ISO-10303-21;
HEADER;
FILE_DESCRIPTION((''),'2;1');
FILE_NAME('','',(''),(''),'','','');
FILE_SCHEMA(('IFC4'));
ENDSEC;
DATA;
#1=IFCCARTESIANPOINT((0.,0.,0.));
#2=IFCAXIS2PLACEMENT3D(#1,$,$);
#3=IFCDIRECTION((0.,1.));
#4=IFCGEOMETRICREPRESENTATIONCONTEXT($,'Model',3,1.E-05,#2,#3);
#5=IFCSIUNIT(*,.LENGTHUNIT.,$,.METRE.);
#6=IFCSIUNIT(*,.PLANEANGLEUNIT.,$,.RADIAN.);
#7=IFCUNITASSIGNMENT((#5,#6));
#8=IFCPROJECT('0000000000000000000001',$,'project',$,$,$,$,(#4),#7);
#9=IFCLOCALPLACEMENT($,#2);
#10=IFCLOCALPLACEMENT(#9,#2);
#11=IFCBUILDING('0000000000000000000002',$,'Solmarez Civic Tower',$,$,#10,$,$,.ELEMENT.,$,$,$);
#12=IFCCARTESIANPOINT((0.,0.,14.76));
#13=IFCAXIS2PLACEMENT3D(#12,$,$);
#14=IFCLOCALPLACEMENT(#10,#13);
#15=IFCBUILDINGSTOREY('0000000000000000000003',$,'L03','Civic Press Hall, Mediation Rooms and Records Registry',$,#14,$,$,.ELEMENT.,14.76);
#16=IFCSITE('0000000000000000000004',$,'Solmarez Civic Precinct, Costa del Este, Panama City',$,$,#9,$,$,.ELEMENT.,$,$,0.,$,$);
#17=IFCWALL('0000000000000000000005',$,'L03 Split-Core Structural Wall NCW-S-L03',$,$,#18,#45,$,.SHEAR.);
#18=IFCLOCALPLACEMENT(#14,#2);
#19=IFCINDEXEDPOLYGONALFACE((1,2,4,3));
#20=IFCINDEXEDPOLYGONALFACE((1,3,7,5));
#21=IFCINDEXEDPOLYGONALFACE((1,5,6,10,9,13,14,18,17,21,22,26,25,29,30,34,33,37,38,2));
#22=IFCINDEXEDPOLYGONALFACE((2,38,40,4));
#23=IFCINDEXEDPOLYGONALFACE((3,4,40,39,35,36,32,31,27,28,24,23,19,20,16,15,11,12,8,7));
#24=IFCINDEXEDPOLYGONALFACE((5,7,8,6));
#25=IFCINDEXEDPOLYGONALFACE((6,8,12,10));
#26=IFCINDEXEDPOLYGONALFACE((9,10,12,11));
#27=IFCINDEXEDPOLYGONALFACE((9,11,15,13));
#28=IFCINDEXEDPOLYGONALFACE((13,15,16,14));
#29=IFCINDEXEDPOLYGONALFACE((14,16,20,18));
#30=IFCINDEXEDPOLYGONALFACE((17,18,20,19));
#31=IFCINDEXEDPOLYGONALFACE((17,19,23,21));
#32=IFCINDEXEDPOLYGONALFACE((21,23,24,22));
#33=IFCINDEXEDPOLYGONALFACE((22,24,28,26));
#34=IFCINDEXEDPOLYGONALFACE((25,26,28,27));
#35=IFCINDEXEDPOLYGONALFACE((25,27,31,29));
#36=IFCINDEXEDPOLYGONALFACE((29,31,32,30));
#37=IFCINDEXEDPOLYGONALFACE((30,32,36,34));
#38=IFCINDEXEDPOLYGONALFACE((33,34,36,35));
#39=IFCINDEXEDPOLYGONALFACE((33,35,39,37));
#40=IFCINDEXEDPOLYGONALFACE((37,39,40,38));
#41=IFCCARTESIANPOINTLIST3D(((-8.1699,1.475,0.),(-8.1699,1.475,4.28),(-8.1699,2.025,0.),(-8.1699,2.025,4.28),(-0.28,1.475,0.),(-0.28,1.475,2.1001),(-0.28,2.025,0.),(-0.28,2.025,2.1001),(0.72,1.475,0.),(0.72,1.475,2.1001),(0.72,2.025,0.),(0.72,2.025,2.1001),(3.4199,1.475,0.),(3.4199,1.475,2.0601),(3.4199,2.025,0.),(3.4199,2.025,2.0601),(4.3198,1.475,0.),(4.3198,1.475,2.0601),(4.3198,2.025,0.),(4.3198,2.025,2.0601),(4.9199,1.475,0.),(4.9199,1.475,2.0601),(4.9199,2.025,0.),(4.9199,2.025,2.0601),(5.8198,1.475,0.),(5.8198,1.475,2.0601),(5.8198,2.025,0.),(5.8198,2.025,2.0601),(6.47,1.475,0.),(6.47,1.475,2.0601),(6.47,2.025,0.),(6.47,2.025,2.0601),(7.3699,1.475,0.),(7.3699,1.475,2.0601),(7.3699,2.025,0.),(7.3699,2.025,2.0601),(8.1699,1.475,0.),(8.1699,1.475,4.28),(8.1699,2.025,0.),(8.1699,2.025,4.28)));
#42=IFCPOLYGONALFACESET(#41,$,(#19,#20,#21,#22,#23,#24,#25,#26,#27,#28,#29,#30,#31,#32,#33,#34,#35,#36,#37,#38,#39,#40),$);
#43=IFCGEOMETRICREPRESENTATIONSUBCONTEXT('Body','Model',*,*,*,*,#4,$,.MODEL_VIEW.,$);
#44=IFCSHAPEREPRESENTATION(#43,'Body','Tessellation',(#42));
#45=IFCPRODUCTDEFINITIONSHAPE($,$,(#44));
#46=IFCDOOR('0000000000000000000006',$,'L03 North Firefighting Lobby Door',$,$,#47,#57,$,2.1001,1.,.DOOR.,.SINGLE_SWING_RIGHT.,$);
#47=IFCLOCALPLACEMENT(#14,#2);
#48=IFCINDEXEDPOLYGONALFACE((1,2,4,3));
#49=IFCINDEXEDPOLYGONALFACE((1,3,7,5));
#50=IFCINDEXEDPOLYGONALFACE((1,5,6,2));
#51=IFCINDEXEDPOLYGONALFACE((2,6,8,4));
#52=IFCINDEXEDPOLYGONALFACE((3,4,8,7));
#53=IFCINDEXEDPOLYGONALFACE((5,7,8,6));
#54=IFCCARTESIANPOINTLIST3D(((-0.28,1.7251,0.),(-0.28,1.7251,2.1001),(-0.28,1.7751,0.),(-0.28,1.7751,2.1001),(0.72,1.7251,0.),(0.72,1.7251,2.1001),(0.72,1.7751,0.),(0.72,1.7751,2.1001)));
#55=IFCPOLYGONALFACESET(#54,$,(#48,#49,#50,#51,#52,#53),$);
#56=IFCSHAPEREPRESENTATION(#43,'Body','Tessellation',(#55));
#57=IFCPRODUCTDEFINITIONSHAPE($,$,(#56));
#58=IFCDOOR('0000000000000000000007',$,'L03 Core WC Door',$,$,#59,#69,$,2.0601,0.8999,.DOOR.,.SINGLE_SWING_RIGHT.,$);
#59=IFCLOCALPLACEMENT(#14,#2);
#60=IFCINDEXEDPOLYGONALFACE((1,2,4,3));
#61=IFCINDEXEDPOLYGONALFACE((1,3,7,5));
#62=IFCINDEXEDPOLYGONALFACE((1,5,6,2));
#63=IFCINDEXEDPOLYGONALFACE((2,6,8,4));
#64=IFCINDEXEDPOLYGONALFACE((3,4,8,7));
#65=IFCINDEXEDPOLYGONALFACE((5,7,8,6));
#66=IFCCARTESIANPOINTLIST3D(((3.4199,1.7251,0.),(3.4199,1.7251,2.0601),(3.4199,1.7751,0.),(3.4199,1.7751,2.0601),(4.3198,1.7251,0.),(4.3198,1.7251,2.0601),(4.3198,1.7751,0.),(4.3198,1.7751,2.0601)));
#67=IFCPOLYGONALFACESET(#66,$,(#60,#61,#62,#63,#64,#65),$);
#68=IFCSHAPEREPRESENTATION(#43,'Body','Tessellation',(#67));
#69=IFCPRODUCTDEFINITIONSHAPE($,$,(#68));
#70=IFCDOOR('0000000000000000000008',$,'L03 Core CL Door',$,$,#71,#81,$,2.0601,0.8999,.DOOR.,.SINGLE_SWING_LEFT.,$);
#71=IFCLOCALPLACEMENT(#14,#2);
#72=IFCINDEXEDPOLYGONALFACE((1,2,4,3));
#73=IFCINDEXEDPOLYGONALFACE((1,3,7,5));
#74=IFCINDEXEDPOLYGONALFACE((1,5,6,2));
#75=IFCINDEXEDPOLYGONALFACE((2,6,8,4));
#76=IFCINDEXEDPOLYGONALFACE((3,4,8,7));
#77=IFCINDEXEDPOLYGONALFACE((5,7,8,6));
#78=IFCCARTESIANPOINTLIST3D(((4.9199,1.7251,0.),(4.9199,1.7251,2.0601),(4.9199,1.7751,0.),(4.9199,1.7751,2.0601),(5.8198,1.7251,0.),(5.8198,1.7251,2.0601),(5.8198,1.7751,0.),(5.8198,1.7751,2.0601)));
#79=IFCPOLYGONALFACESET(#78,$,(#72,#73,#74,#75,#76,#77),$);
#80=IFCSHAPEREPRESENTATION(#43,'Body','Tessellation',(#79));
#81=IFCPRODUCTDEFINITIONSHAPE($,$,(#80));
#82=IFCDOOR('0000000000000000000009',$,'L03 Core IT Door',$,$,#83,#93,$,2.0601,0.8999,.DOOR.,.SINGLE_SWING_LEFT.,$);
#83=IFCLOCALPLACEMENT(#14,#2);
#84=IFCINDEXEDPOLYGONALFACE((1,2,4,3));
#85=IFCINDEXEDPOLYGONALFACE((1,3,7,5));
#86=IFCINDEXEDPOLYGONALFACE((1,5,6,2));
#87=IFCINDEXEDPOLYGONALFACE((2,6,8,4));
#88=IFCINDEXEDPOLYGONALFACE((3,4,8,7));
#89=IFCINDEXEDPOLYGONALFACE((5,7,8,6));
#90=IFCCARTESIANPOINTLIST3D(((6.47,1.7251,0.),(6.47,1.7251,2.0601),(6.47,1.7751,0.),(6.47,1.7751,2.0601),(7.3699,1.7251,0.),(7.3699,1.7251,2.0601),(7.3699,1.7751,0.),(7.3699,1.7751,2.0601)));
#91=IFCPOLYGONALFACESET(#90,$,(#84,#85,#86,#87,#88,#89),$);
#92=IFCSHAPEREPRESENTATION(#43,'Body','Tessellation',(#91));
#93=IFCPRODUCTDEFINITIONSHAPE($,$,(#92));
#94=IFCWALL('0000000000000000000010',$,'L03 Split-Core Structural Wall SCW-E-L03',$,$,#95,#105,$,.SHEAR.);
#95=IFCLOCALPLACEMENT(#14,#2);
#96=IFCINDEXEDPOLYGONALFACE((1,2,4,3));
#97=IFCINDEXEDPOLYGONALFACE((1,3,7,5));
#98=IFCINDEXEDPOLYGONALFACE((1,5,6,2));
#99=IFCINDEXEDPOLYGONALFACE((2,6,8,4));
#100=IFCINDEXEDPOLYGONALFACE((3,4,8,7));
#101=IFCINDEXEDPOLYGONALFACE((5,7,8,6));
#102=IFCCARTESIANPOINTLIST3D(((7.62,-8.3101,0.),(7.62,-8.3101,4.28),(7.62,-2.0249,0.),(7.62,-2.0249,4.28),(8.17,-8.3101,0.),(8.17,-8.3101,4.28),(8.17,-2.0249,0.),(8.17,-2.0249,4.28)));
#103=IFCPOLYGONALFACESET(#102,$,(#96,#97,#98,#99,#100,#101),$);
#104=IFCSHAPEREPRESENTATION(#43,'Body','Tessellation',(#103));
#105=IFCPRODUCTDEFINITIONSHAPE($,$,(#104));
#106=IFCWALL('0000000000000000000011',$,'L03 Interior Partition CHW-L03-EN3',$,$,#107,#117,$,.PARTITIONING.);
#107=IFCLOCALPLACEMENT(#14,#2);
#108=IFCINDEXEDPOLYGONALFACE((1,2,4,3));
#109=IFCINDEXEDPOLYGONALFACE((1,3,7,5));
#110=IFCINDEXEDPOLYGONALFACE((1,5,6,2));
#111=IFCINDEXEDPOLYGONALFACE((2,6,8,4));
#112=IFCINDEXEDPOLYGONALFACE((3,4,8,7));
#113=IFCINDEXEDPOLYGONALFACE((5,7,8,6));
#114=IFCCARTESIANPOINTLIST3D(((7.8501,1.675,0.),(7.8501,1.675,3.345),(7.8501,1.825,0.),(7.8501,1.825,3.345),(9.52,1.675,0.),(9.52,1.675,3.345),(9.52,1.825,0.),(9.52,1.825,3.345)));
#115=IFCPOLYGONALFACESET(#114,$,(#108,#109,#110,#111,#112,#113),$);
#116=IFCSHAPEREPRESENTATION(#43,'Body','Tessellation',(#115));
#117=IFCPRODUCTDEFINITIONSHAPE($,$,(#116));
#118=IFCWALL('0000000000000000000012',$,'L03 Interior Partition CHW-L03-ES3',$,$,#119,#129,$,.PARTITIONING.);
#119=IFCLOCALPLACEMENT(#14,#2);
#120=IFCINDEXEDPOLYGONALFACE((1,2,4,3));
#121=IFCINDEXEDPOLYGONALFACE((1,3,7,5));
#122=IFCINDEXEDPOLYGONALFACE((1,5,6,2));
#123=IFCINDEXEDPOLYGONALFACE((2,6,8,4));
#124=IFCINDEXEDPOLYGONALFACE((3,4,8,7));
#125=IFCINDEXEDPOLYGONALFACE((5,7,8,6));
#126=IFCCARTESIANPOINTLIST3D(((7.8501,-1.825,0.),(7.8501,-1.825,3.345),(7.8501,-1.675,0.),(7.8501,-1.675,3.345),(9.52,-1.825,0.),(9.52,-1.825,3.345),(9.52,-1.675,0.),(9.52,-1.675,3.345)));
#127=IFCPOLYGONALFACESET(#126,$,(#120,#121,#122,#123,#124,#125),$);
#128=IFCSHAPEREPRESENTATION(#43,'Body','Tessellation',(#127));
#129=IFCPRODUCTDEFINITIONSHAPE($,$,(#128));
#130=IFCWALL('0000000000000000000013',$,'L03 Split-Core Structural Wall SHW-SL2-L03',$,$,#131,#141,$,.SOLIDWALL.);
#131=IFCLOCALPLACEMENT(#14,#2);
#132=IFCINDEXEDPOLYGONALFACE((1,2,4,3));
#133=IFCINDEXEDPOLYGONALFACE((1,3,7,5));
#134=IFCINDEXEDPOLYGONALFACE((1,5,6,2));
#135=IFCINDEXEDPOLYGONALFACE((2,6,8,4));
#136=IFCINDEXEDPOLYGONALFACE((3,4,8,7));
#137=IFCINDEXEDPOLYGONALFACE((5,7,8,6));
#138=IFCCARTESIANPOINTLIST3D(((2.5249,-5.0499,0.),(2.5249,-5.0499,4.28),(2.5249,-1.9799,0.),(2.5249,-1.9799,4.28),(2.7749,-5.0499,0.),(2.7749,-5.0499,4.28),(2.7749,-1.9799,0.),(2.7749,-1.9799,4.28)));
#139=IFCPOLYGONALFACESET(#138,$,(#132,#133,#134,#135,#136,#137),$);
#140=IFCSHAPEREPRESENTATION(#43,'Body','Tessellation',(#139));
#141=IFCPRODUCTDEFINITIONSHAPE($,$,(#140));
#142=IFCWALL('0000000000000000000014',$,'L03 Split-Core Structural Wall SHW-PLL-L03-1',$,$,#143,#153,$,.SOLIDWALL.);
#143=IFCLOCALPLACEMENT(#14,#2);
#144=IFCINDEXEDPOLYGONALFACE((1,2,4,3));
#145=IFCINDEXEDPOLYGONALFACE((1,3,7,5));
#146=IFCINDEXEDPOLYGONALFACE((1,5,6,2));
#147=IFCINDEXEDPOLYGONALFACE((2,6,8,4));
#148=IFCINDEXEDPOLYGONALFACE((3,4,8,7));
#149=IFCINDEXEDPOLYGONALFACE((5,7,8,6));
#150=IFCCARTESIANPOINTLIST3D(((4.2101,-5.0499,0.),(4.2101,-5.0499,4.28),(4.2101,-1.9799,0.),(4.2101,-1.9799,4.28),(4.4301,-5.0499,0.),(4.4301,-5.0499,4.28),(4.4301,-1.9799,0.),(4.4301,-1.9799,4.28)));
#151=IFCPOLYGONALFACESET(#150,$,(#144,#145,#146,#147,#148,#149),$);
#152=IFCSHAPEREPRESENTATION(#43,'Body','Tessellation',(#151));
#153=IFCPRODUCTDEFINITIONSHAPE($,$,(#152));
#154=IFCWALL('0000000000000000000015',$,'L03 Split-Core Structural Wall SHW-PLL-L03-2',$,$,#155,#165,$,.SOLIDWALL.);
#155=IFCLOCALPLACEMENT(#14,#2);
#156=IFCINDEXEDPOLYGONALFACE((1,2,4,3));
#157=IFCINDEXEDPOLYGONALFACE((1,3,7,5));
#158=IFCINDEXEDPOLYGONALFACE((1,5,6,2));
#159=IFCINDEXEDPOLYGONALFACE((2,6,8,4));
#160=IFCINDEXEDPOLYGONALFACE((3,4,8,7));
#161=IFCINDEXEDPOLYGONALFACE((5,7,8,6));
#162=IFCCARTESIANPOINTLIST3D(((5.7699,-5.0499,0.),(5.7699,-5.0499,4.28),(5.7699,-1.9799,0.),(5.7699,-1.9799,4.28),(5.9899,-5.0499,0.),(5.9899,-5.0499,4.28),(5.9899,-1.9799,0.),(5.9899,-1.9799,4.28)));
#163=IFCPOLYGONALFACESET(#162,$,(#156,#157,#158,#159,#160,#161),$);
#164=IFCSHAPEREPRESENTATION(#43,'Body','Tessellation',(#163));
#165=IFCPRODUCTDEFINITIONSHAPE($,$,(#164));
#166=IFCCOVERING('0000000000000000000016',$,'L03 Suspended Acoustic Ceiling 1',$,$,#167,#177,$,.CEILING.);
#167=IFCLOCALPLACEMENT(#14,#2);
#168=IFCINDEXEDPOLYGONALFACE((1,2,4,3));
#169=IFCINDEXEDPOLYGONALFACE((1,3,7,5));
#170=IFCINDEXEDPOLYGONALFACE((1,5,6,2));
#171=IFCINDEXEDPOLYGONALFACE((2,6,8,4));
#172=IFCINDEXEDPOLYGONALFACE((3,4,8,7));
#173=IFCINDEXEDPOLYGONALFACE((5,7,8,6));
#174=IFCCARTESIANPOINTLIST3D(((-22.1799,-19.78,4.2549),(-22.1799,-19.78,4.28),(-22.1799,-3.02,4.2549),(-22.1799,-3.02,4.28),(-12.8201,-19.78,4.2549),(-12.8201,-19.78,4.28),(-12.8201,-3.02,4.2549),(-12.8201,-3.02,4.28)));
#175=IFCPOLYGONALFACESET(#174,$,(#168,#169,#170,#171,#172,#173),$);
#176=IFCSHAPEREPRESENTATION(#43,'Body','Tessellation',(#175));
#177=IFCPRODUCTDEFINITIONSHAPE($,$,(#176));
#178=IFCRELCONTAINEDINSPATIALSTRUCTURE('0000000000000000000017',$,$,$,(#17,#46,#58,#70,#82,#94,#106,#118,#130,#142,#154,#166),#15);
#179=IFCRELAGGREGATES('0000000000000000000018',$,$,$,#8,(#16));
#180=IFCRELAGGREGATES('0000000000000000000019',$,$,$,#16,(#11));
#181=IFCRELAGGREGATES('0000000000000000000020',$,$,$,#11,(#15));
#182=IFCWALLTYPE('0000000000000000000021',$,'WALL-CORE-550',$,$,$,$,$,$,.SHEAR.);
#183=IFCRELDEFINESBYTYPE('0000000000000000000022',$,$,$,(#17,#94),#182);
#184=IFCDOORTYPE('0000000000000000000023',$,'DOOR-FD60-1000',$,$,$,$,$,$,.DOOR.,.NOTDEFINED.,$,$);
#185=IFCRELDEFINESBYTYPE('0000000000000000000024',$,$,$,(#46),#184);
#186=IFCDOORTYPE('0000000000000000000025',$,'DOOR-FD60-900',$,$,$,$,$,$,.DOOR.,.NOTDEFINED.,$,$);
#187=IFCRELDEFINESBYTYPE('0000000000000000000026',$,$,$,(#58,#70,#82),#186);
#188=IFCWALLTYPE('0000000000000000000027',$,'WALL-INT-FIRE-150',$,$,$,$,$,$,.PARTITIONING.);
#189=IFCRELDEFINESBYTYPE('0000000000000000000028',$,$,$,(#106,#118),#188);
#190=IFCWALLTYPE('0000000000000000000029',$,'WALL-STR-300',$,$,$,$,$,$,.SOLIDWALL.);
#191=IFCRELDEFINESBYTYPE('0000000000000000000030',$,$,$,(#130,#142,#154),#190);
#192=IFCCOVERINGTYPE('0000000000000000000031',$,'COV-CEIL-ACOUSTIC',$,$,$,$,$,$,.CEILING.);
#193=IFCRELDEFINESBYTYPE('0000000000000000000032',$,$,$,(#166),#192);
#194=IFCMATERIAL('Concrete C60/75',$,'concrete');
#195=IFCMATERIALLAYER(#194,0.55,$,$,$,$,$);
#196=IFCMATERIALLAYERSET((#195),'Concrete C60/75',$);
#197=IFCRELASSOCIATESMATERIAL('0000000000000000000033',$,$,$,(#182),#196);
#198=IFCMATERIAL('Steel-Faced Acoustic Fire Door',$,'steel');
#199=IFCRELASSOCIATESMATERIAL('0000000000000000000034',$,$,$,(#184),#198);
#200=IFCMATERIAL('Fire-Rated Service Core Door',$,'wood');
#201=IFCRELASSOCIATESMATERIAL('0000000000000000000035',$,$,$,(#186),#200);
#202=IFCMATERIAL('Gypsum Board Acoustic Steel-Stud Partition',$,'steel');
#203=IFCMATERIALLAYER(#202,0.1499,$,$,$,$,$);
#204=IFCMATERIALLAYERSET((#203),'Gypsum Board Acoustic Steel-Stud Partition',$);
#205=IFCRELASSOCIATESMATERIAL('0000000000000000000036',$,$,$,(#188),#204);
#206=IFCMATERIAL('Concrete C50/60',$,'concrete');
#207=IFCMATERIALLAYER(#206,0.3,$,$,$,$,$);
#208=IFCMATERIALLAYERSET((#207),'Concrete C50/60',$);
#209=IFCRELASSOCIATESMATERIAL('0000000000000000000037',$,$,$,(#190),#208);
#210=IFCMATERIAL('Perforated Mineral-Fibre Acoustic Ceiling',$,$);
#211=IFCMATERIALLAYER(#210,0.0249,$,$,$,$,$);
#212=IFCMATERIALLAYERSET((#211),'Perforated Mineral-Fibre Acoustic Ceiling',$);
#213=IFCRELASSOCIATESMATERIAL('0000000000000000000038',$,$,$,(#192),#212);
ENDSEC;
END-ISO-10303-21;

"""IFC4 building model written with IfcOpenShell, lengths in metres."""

from ifc_helpers import new_model, si_unit, direction, frame, frame_2d, origin, place, context, subcontext, project, spatial, polyline, rectangle, outline, extrude, material, layer, layer_set, type_object, element, fill, save


model = new_model("IFC4")

# Units and contexts
model_context = context("Model", 3, precision=1e-05, world=origin(), true_north=direction((0.0, 1.0)))
body_context = subcontext(model_context, "Body", "Model", "MODEL_VIEW")
ifc_project = project(units=[si_unit("LENGTHUNIT", "METRE"), si_unit("PLANEANGLEUNIT", "RADIAN")], contexts=[model_context])

# Site, building, storey
site_placement = place(None, origin())
site = spatial("IfcSite", under=ifc_project, at=site_placement, Name="Solmarez Civic Precinct, Costa del Este, Panama City", CompositionType="ELEMENT", RefElevation=0.0)
building_placement = place(site_placement, origin())
building = spatial("IfcBuilding", under=site, at=building_placement, Name="Solmarez Civic Tower", CompositionType="ELEMENT")
storey_placement = place(building_placement, frame((0.0, 0.0, 14.76)))
storey = spatial("IfcBuildingStorey", under=building, at=storey_placement, Name="L03", Description="Civic Press Hall, Mediation Rooms and Records Registry", CompositionType="ELEMENT", Elevation=14.76)

# Shared definitions
ifc_material_1 = material(Name="Concrete C60/75", Category="concrete")

# Shared definitions
ifc_material_2 = material(Name="Concrete C50/60", Category="concrete")

# Wall, openings, doors
ifc_layer_1 = layer(ifc_material_1, 0.55)
ifc_layer_set_1 = layer_set([ifc_layer_1], Name="Concrete C60/75")
wall_type_1 = type_object("IfcWallType", Name="WALL-CORE-550", PredefinedType="SHEAR", material=ifc_layer_set_1)
wall_1_placement = place(storey_placement, frame((8.1699, 1.75, 0.0), z_axis=(0.0, 0.0, 1.0), x_axis=(-1.0, 0.0, 0.0)))
wall_1 = element("IfcWall", 1, at=wall_1_placement, inside=storey, type_object=wall_type_1, Name="L03 Split-Core Structural Wall NCW-S-L03", PredefinedType="SHEAR", context=body_context, shape_type="SweptSolid", body=[
    extrude(rectangle(XDim=16.3398, YDim=0.55, at=frame_2d((8.1699, 0.0))), origin(), (0.0, 0.0, 1.0), 4.28),
])
opening_1_placement = place(wall_1_placement, frame((7.45, 0.0, 0.0)))
opening_1 = element("IfcOpeningElement", 2, at=opening_1_placement, cuts=wall_1, PredefinedType="OPENING", context=body_context, shape_type="SweptSolid", body=[
    extrude(rectangle(XDim=1.0, YDim=2.1001, at=frame_2d((0.5, 1.05))), frame((0.0, 0.2849, 0.0), z_axis=(0.0, -1.0, 0.0), x_axis=(1.0, 0.0, 0.0)), (0.0, 0.0, 1.0), 0.5701),
])
opening_2_placement = place(wall_1_placement, frame((3.8501, 0.0, 0.0)))
opening_2 = element("IfcOpeningElement", 3, at=opening_2_placement, cuts=wall_1, PredefinedType="OPENING", context=body_context, shape_type="SweptSolid", body=[
    extrude(rectangle(XDim=0.8999, YDim=2.0601, at=frame_2d((0.45, 1.03))), frame((0.0, 0.2849, 0.0), z_axis=(0.0, -1.0, 0.0), x_axis=(1.0, 0.0, 0.0)), (0.0, 0.0, 1.0), 0.5701),
])
opening_3_placement = place(wall_1_placement, frame((2.3501, 0.0, 0.0)))
opening_3 = element("IfcOpeningElement", 4, at=opening_3_placement, cuts=wall_1, PredefinedType="OPENING", context=body_context, shape_type="SweptSolid", body=[
    extrude(rectangle(XDim=0.8999, YDim=2.0601, at=frame_2d((0.45, 1.03))), frame((0.0, 0.2849, 0.0), z_axis=(0.0, -1.0, 0.0), x_axis=(1.0, 0.0, 0.0)), (0.0, 0.0, 1.0), 0.5701),
])
opening_4_placement = place(wall_1_placement, frame((0.8, 0.0, 0.0)))
opening_4 = element("IfcOpeningElement", 5, at=opening_4_placement, cuts=wall_1, PredefinedType="OPENING", context=body_context, shape_type="SweptSolid", body=[
    extrude(rectangle(XDim=0.8999, YDim=2.0601, at=frame_2d((0.45, 1.03))), frame((0.0, 0.2849, 0.0), z_axis=(0.0, -1.0, 0.0), x_axis=(1.0, 0.0, 0.0)), (0.0, 0.0, 1.0), 0.5701),
])
ifc_material_3 = material(Name="Steel-Faced Acoustic Fire Door", Category="steel")
door_type_1 = type_object("IfcDoorType", Name="DOOR-FD60-1000", OperationType="NOTDEFINED", PredefinedType="DOOR", material=ifc_material_3)
door_1_placement = place(opening_1_placement, origin())
door_1 = element("IfcDoor", 6, at=door_1_placement, inside=storey, type_object=door_type_1, Name="L03 North Firefighting Lobby Door", OperationType="SINGLE_SWING_RIGHT", OverallHeight=2.1001, OverallWidth=1.0, PredefinedType="DOOR", context=body_context, shape_type="SweptSolid", body=[
    extrude(rectangle(XDim=1.0, YDim=2.1001, at=frame_2d((0.5, 1.05))), frame((0.0, 0.0249, 0.0), z_axis=(0.0, -1.0, 0.0), x_axis=(1.0, 0.0, 0.0)), (0.0, 0.0, 1.0), 0.05),
])
fill(opening_1, door_1)
ifc_material_4 = material(Name="Fire-Rated Service Core Door", Category="wood")
door_type_2 = type_object("IfcDoorType", Name="DOOR-FD60-900", OperationType="NOTDEFINED", PredefinedType="DOOR", material=ifc_material_4)
door_2_placement = place(opening_2_placement, origin())
door_2 = element("IfcDoor", 7, at=door_2_placement, inside=storey, type_object=door_type_2, Name="L03 Core WC Door", OperationType="SINGLE_SWING_RIGHT", OverallHeight=2.0601, OverallWidth=0.8999, PredefinedType="DOOR", context=body_context, shape_type="SweptSolid", body=[
    extrude(rectangle(XDim=0.8999, YDim=2.0601, at=frame_2d((0.45, 1.03))), frame((0.0, 0.0249, 0.0), z_axis=(0.0, -1.0, 0.0), x_axis=(1.0, 0.0, 0.0)), (0.0, 0.0, 1.0), 0.05),
])
fill(opening_2, door_2)
door_3_placement = place(opening_3_placement, origin())
door_3 = element("IfcDoor", 8, at=door_3_placement, inside=storey, type_object=door_type_2, Name="L03 Core CL Door", OperationType="SINGLE_SWING_LEFT", OverallHeight=2.0601, OverallWidth=0.8999, PredefinedType="DOOR", context=body_context, shape_type="SweptSolid", body=[
    extrude(rectangle(XDim=0.8999, YDim=2.0601, at=frame_2d((0.45, 1.03))), frame((0.0, 0.0249, 0.0), z_axis=(0.0, -1.0, 0.0), x_axis=(1.0, 0.0, 0.0)), (0.0, 0.0, 1.0), 0.05),
])
fill(opening_3, door_3)
door_4_placement = place(opening_4_placement, origin())
door_4 = element("IfcDoor", 9, at=door_4_placement, inside=storey, type_object=door_type_2, Name="L03 Core IT Door", OperationType="SINGLE_SWING_LEFT", OverallHeight=2.0601, OverallWidth=0.8999, PredefinedType="DOOR", context=body_context, shape_type="SweptSolid", body=[
    extrude(rectangle(XDim=0.8999, YDim=2.0601, at=frame_2d((0.45, 1.03))), frame((0.0, 0.0249, 0.0), z_axis=(0.0, -1.0, 0.0), x_axis=(1.0, 0.0, 0.0)), (0.0, 0.0, 1.0), 0.05),
])
fill(opening_4, door_4)

# Walls
wall_2_placement = place(storey_placement, frame((7.895, -2.0249, 0.0), z_axis=(0.0, 0.0, 1.0), x_axis=(0.0, -1.0, 0.0)))
element("IfcWall", 10, at=wall_2_placement, inside=storey, type_object=wall_type_1, Name="L03 Split-Core Structural Wall SCW-E-L03", PredefinedType="SHEAR", context=body_context, shape_type="SweptSolid", body=[
    extrude(rectangle(XDim=6.2852, YDim=0.55, at=frame_2d((3.1426, 0.0))), origin(), (0.0, 0.0, 1.0), 4.28),
])
ifc_material_5 = material(Name="Gypsum Board Acoustic Steel-Stud Partition", Category="steel")
ifc_layer_2 = layer(ifc_material_5, 0.1499)
ifc_layer_set_2 = layer_set([ifc_layer_2], Name="Gypsum Board Acoustic Steel-Stud Partition")
wall_type_2 = type_object("IfcWallType", Name="WALL-INT-FIRE-150", PredefinedType="PARTITIONING", material=ifc_layer_set_2)
for number, where, z_axis, x_axis, name in (
    (11, (7.8501, 1.75, 0.0), (0.0, 0.0, 1.0), (1.0, 0.0, 0.0), "L03 Interior Partition CHW-L03-EN3"),
    (12, (7.8501, -1.75, 0.0), (0.0, 0.0, 1.0), (1.0, 0.0, 0.0), "L03 Interior Partition CHW-L03-ES3"),
):
    element("IfcWall", number, at=place(storey_placement, frame(where, z_axis=z_axis, x_axis=x_axis)), inside=storey, type_object=wall_type_2, Name=name, PredefinedType="PARTITIONING", context=body_context, shape_type="SweptSolid", body=[
        extrude(rectangle(XDim=1.6699, YDim=0.1499, at=frame_2d((0.835, 0.0))), origin(), (0.0, 0.0, 1.0), 3.345),
    ])
ifc_layer_3 = layer(ifc_material_2, 0.3)
ifc_layer_set_3 = layer_set([ifc_layer_3], Name="Concrete C50/60")
wall_type_3 = type_object("IfcWallType", Name="WALL-STR-300", PredefinedType="SOLIDWALL", material=ifc_layer_set_3)
wall_3_placement = place(storey_placement, frame((2.6499, -5.05, 0.0), z_axis=(0.0, 0.0, 1.0), x_axis=(0.0, 1.0, 0.0)))
element("IfcWall", 13, at=wall_3_placement, inside=storey, type_object=wall_type_3, Name="L03 Split-Core Structural Wall SHW-SL2-L03", PredefinedType="SOLIDWALL", context=body_context, shape_type="SweptSolid", body=[
    extrude(rectangle(XDim=3.0701, YDim=0.25, at=frame_2d((1.5352, 0.0))), origin(), (0.0, 0.0, 1.0), 4.28),
])
for number, where, z_axis, x_axis, name in (
    (14, (4.3201, -5.05, 0.0), (0.0, 0.0, 1.0), (0.0, 1.0, 0.0), "L03 Split-Core Structural Wall SHW-PLL-L03-1"),
    (15, (5.8799, -5.05, 0.0), (0.0, 0.0, 1.0), (0.0, 1.0, 0.0), "L03 Split-Core Structural Wall SHW-PLL-L03-2"),
):
    element("IfcWall", number, at=place(storey_placement, frame(where, z_axis=z_axis, x_axis=x_axis)), inside=storey, type_object=wall_type_3, Name=name, PredefinedType="SOLIDWALL", context=body_context, shape_type="SweptSolid", body=[
        extrude(rectangle(XDim=3.0701, YDim=0.22, at=frame_2d((1.5352, 0.0))), origin(), (0.0, 0.0, 1.0), 4.28),
    ])

# Covering
ifc_material_6 = material(Name="Perforated Mineral-Fibre Acoustic Ceiling")
ifc_layer_4 = layer(ifc_material_6, 0.0249)
ifc_layer_set_4 = layer_set([ifc_layer_4], Name="Perforated Mineral-Fibre Acoustic Ceiling")
covering_type_1 = type_object("IfcCoveringType", Name="COV-CEIL-ACOUSTIC", PredefinedType="CEILING", material=ifc_layer_set_4)
covering_1_placement = place(storey_placement, frame((0.0, 0.0, 4.2549)))
element("IfcCovering", 16, at=covering_1_placement, inside=storey, type_object=covering_type_1, Name="L03 Suspended Acoustic Ceiling 1", PredefinedType="CEILING", context=body_context, shape_type="SweptSolid", body=[
    extrude(outline(polyline([(-12.8201, -19.78), (-12.8201, -3.02), (-22.1799, -3.02), (-22.1799, -19.78), (-12.8201, -19.78)])), origin(), (0.0, 0.0, 1.0), 0.0251),
])

save(model, "model.ifc")
